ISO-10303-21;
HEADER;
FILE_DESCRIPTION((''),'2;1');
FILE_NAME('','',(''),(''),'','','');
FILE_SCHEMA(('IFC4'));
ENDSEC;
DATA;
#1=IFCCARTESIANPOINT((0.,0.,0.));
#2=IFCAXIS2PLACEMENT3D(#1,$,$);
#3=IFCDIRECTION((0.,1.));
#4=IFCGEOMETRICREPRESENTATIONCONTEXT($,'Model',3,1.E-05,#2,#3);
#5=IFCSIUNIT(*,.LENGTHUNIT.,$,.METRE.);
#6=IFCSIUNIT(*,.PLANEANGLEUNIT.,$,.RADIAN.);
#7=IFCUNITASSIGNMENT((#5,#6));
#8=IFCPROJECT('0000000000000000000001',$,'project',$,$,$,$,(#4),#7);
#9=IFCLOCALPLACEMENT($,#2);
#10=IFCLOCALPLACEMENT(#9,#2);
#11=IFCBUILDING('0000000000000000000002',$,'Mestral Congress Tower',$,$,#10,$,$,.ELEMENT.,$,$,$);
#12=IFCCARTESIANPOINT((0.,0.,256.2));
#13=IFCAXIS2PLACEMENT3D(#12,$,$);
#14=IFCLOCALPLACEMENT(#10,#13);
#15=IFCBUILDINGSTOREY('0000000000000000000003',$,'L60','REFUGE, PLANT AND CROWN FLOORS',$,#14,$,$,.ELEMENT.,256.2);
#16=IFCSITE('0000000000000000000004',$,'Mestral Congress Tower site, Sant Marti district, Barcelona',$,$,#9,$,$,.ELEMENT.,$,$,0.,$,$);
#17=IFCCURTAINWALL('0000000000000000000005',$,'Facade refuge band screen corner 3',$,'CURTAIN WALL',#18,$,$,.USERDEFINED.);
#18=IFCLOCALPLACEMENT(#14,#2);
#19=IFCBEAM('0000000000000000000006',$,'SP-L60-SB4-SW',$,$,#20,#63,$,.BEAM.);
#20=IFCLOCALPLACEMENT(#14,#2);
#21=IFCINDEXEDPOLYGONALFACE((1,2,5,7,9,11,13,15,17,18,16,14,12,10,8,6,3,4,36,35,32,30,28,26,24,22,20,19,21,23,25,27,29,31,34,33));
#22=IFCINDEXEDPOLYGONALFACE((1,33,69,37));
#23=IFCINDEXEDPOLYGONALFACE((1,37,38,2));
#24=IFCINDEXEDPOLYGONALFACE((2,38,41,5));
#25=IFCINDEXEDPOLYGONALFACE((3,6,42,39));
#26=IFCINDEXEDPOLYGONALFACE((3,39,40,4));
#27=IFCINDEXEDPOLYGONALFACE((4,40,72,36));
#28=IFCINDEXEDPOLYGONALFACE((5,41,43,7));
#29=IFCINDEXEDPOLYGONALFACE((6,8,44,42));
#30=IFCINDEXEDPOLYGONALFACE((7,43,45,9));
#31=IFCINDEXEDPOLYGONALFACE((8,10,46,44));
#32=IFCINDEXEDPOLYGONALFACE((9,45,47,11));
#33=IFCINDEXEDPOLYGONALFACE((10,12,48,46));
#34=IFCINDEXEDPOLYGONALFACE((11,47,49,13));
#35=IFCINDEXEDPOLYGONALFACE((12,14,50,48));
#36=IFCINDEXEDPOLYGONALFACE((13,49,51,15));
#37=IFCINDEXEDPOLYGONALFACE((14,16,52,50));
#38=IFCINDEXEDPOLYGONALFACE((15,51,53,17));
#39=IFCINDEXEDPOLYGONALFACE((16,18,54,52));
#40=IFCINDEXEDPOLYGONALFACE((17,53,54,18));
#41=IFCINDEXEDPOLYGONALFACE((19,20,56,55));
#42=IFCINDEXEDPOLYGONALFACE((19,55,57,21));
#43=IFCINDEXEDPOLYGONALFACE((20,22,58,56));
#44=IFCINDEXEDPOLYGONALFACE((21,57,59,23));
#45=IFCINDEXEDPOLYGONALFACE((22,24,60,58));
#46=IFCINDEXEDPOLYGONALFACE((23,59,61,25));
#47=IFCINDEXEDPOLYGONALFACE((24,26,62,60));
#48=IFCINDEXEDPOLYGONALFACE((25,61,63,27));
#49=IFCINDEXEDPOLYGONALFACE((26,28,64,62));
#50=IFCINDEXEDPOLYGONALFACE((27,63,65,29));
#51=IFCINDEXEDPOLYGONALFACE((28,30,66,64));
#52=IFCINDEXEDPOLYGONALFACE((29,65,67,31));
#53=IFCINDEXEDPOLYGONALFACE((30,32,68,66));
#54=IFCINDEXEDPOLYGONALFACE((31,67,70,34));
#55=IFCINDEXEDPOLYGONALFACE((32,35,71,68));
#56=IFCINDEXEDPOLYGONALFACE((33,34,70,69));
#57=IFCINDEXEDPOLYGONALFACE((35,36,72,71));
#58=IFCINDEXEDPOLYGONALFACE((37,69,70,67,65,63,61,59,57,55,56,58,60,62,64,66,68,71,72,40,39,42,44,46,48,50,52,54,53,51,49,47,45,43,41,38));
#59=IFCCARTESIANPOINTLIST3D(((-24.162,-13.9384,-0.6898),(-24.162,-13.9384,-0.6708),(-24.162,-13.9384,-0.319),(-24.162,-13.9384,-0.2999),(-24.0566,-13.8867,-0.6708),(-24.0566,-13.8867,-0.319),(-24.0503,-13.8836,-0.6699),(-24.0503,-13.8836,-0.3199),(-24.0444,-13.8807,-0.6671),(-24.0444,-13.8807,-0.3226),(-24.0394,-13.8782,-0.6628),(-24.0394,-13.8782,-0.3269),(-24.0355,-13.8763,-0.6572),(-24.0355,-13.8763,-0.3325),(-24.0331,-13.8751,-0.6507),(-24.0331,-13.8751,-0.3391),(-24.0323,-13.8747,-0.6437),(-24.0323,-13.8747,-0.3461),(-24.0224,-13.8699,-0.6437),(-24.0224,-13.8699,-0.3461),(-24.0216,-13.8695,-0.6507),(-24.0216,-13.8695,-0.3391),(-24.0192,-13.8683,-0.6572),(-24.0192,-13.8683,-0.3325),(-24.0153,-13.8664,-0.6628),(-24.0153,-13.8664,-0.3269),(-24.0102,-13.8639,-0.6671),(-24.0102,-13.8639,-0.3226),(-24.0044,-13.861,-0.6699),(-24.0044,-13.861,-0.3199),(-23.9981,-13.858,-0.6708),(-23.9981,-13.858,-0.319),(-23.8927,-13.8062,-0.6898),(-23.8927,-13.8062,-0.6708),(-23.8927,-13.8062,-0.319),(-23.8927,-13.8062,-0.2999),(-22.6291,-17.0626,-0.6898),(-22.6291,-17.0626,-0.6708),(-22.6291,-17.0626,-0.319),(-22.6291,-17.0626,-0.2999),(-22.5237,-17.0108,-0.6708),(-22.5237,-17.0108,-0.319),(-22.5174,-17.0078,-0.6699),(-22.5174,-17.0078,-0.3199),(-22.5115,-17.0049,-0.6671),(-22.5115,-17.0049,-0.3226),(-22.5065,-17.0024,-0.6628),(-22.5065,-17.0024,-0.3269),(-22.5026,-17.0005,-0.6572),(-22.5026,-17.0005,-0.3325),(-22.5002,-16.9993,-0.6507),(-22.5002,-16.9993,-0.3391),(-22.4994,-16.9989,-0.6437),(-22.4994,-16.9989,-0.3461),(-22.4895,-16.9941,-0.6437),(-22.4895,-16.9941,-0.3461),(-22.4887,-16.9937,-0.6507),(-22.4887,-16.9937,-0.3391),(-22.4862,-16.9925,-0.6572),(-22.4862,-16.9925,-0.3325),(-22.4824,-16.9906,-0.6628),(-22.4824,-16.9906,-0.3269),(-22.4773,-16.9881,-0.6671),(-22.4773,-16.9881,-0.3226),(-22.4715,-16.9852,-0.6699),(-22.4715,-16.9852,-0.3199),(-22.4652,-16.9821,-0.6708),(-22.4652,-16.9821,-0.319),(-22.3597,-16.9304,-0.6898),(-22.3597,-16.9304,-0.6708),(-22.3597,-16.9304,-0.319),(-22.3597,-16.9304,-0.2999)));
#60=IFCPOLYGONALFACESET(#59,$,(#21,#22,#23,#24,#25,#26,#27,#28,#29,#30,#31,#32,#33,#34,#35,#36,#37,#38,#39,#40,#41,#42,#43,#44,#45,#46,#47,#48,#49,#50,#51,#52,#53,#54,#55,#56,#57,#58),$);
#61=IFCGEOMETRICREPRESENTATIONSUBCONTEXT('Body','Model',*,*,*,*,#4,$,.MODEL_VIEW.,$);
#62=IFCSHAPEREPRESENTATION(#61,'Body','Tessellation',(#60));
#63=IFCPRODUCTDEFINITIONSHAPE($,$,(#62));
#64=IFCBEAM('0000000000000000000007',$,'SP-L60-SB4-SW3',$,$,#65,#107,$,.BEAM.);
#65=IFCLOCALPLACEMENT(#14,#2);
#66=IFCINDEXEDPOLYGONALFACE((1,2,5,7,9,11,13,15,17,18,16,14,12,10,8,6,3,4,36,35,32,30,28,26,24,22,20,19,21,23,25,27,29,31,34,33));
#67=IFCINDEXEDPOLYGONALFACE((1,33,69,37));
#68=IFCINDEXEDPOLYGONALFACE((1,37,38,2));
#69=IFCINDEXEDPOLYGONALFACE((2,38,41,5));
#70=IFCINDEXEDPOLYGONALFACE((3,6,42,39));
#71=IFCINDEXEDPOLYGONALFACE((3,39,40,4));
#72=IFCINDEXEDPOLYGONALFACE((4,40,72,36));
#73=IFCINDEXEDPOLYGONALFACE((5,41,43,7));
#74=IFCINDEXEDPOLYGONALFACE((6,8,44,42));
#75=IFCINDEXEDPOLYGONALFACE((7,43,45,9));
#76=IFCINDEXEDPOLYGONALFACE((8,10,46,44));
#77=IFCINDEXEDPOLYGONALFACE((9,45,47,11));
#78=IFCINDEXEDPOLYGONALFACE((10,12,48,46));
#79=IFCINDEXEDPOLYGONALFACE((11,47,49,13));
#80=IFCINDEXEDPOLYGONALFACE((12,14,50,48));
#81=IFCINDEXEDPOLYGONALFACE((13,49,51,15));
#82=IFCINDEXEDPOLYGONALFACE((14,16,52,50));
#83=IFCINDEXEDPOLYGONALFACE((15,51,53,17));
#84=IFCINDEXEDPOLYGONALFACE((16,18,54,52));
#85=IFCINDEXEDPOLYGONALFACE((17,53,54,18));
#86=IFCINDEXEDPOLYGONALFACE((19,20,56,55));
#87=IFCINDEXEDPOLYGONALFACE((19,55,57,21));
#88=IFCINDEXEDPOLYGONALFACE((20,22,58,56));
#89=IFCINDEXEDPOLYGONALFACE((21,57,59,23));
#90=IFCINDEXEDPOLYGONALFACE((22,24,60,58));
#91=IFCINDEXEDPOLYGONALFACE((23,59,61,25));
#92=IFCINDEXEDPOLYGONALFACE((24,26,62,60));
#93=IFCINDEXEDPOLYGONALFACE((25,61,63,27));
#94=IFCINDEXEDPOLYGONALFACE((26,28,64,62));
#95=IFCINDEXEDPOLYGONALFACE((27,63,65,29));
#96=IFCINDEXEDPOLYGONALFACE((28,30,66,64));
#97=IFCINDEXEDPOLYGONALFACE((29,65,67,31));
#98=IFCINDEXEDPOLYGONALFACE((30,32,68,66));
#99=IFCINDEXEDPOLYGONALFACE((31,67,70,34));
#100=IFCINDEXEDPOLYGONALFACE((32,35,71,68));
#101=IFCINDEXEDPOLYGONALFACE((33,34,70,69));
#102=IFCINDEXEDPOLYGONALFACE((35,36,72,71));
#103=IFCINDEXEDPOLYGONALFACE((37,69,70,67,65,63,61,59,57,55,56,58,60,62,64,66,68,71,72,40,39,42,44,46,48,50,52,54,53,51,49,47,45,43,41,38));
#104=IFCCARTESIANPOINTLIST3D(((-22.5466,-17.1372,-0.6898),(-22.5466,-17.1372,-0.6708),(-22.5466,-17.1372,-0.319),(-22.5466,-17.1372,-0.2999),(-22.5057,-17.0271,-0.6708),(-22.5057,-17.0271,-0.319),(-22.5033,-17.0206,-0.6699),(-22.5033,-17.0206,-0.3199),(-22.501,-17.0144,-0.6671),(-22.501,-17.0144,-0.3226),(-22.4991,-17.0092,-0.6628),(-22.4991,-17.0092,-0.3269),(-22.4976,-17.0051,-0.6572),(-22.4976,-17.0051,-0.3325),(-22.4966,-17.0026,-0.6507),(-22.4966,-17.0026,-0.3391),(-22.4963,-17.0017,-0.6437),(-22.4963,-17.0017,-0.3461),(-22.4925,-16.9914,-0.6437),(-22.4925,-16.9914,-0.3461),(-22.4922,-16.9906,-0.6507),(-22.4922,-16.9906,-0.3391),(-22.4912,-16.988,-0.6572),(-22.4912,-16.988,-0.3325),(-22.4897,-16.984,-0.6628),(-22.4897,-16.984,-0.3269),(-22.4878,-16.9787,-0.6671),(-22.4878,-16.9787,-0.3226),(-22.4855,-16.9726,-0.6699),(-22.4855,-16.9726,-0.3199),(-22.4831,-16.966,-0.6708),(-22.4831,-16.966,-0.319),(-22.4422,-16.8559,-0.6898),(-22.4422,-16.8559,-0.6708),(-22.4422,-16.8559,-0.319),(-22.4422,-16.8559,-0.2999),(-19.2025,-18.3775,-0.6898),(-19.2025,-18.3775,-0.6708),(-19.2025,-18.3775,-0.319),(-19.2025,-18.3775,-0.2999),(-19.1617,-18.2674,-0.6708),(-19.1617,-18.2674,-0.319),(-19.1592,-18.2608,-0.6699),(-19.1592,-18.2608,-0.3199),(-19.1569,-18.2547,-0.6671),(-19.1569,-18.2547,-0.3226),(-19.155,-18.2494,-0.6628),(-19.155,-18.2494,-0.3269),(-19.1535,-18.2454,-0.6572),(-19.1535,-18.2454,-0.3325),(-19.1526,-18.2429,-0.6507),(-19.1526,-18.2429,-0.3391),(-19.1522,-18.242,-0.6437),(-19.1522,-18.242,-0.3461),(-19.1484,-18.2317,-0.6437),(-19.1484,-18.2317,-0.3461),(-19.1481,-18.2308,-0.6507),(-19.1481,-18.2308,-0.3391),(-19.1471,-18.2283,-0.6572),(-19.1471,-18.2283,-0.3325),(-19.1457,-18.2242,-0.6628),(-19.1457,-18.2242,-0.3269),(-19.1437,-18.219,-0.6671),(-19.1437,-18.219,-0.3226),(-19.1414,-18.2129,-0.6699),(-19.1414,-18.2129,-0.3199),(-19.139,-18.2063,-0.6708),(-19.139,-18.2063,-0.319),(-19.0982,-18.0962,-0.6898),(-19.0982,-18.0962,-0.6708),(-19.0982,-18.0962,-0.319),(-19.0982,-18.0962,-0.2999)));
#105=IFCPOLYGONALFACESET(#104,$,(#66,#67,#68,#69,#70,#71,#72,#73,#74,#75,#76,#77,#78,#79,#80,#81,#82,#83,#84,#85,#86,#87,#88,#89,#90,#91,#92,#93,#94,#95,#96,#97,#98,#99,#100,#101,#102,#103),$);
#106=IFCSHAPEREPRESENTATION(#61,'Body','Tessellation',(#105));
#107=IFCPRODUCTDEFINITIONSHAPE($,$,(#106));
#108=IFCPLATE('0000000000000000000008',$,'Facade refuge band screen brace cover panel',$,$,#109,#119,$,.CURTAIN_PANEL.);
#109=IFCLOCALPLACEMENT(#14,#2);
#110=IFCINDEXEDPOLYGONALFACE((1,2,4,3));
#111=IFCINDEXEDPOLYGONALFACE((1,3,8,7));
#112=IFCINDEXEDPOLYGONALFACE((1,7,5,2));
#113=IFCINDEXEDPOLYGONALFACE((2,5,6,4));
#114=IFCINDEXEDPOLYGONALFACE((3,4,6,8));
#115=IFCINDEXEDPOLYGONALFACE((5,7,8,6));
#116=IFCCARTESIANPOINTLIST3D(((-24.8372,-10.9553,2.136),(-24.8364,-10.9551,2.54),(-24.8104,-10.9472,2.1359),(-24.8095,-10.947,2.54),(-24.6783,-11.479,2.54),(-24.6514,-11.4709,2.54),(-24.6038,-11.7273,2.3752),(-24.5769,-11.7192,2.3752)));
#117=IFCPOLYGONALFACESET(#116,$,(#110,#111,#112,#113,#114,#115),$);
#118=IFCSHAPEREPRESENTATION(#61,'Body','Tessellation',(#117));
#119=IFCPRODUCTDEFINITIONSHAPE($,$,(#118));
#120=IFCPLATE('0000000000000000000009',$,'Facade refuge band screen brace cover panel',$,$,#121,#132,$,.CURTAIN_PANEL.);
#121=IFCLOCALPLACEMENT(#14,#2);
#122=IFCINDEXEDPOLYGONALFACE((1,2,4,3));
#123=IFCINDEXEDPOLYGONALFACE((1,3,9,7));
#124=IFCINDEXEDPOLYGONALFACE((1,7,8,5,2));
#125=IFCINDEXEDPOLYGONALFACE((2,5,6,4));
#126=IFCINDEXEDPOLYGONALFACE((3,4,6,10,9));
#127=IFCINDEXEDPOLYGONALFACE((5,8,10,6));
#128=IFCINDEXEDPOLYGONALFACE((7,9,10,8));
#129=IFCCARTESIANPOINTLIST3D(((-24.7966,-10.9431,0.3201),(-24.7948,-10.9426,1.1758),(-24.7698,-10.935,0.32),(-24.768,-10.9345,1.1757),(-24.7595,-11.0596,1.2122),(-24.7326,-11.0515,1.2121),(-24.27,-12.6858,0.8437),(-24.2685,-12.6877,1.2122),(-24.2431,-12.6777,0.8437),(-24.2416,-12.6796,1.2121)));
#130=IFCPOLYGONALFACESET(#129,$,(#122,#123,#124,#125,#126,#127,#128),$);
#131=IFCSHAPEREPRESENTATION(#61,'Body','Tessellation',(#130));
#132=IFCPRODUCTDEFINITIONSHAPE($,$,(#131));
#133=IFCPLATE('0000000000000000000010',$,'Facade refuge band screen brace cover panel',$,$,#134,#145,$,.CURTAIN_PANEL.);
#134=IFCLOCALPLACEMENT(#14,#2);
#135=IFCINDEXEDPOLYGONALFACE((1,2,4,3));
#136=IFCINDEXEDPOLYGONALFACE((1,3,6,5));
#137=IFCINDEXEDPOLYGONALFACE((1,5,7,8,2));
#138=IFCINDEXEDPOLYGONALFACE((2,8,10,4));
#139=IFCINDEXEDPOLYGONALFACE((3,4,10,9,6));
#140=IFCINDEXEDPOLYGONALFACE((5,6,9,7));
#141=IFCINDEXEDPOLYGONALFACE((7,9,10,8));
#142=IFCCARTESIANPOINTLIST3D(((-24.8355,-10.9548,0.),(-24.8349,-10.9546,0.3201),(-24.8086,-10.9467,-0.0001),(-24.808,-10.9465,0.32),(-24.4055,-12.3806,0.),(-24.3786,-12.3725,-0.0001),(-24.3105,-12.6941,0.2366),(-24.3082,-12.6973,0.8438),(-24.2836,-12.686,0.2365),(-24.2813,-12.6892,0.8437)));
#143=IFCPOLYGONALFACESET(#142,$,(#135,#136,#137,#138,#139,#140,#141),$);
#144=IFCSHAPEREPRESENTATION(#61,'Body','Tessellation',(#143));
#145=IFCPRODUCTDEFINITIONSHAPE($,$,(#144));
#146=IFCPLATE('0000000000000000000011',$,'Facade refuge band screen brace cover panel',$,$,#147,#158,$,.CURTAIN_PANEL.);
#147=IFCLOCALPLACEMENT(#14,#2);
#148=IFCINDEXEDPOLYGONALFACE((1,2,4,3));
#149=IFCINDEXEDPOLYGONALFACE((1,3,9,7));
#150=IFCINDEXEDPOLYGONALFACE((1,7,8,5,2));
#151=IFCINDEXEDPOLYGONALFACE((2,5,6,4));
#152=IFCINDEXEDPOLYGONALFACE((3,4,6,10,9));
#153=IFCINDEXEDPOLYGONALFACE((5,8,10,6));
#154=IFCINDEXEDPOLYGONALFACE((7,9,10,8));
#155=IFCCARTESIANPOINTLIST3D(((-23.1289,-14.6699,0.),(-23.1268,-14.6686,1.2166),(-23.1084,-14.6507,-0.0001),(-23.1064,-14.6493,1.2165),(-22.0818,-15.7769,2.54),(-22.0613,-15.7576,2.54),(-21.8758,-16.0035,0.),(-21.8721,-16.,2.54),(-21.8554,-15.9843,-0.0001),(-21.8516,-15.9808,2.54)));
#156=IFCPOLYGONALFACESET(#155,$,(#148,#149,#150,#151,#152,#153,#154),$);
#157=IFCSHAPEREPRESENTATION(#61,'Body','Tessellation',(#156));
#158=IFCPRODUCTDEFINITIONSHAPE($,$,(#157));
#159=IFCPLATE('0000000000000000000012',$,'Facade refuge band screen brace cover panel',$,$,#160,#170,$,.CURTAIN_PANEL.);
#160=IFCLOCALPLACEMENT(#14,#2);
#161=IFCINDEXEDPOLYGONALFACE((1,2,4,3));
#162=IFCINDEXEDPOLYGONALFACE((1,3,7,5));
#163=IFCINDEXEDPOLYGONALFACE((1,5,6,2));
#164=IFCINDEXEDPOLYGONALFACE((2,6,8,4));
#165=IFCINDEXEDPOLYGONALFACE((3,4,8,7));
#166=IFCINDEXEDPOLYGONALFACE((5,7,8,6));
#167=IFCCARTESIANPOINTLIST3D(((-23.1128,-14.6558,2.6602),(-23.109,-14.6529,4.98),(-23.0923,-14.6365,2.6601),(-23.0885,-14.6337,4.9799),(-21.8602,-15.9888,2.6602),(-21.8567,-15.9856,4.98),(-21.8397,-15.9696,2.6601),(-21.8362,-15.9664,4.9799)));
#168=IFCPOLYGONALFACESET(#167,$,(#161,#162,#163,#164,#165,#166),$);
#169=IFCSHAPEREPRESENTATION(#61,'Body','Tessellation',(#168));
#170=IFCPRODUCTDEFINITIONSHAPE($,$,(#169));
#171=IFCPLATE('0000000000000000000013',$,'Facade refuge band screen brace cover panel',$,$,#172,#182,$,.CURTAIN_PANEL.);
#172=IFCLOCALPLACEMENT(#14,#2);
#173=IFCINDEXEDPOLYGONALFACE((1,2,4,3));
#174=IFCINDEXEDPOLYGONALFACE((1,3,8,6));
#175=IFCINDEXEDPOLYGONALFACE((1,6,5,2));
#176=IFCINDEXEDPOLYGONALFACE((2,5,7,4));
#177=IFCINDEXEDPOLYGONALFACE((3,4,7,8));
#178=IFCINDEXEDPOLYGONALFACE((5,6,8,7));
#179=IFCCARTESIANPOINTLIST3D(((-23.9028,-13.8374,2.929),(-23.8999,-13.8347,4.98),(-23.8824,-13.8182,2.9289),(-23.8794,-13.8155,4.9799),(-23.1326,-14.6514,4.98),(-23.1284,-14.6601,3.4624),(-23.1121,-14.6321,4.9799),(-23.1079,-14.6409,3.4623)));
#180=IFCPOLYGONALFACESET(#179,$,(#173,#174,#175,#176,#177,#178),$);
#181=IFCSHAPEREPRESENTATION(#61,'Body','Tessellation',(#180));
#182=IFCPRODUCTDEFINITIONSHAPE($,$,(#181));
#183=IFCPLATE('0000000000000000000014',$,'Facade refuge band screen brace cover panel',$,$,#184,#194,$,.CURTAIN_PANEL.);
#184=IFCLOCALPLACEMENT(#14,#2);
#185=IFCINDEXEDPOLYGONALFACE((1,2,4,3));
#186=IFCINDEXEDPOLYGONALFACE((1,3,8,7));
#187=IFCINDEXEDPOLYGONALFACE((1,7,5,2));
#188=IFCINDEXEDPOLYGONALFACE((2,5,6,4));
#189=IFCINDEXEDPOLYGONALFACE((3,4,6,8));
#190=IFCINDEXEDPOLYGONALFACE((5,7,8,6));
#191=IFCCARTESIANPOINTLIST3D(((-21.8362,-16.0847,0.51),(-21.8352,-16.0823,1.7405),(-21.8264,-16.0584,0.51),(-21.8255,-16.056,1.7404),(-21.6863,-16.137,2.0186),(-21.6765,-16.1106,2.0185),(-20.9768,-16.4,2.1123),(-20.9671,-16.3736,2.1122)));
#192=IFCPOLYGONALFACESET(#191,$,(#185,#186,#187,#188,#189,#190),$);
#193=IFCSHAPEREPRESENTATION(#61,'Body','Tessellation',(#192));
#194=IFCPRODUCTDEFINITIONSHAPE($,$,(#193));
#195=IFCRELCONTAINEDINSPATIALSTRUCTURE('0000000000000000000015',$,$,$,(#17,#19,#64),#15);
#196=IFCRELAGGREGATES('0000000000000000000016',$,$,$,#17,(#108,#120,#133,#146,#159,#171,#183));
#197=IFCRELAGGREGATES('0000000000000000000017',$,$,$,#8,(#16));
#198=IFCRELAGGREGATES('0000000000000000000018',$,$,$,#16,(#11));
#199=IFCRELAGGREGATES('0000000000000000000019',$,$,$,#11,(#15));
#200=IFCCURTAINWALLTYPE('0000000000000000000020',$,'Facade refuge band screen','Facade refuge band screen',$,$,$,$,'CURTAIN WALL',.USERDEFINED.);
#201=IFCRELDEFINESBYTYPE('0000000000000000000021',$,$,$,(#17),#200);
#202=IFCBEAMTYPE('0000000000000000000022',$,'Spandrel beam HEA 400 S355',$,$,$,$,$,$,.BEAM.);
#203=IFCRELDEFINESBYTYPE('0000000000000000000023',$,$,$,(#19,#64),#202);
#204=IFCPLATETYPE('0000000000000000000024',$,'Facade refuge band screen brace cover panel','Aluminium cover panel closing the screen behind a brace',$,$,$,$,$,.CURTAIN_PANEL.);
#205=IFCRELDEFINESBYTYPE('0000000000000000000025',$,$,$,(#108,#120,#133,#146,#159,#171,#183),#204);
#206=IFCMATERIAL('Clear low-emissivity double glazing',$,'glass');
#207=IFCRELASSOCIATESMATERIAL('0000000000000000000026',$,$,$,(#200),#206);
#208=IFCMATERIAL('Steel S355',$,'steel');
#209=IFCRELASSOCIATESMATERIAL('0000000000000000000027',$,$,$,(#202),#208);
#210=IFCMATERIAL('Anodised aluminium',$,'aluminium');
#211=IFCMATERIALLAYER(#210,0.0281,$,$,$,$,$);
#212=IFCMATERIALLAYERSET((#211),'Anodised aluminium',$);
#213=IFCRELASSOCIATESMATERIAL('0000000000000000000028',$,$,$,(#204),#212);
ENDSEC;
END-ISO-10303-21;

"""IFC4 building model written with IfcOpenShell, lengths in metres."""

from ifc_helpers import new_model, si_unit, direction, frame, origin, origin_2d, place, context, subcontext, project, spatial, polyline, i_section, outline, extrude, material, layer, layer_set, material_profile, profile_set, type_object, element, aggregate, save


model = new_model("IFC4")

# Units and contexts
model_context = context("Model", 3, precision=1e-05, world=origin(), true_north=direction((0.0, 1.0)))
body_context = subcontext(model_context, "Body", "Model", "MODEL_VIEW")
ifc_project = project(units=[si_unit("LENGTHUNIT", "METRE"), si_unit("PLANEANGLEUNIT", "RADIAN")], contexts=[model_context])

# Site, building, storey
site_placement = place(None, origin())
site = spatial("IfcSite", under=ifc_project, at=site_placement, Name="Mestral Congress Tower site, Sant Marti district, Barcelona", CompositionType="ELEMENT", RefElevation=0.0)
building_placement = place(site_placement, origin())
building = spatial("IfcBuilding", under=site, at=building_placement, Name="Mestral Congress Tower", CompositionType="ELEMENT")
storey_placement = place(building_placement, frame((0.0, 0.0, 256.2)))
storey = spatial("IfcBuildingStorey", under=building, at=storey_placement, Name="L60", Description="REFUGE, PLANT AND CROWN FLOORS", CompositionType="ELEMENT", Elevation=256.2)

# Shared definitions
ifc_material_1 = material(Name="Steel S355", Category="steel")

# Curtain wall
ifc_material_2 = material(Name="Clear low-emissivity double glazing", Category="glass")
curtain_wall_type = type_object("IfcCurtainWallType", Name="Facade refuge band screen", Description="Facade refuge band screen", ElementType="CURTAIN WALL", PredefinedType="USERDEFINED", material=ifc_material_2)
curtain_wall_placement = place(storey_placement, origin())
curtain_wall = element("IfcCurtainWall", 1, at=curtain_wall_placement, inside=storey, type_object=curtain_wall_type, Name="Facade refuge band screen corner 3", ObjectType="CURTAIN WALL", PredefinedType="USERDEFINED")
ifc_material_3 = material(Name="Anodised aluminium", Category="aluminium")

# Beams
ifc_material_profile_1 = material_profile(ifc_material_1, i_section(OverallWidth=0.3, OverallDepth=0.3899, WebThickness=0.011, FlangeThickness=0.019, FilletRadius=0.0271, at=origin_2d()), Name="HEA 400")
ifc_profile_set_1 = profile_set([ifc_material_profile_1], Name="Steel S355")
beam_type_1 = type_object("IfcBeamType", Name="Spandrel beam HEA 400 S355", PredefinedType="BEAM", material=ifc_profile_set_1)
beam_1_placement = place(storey_placement, frame((-24.0273, -13.8723, -0.4949), z_axis=(0.440494, -0.897755, 0.0), x_axis=(0.897755, 0.440494, 0.0)))
element("IfcBeam", 2, at=beam_1_placement, inside=storey, type_object=beam_type_1, Name="SP-L60-SB4-SW", PredefinedType="BEAM", context=body_context, shape_type="SweptSolid", body=[
    extrude(i_section(OverallWidth=0.3, OverallDepth=0.3899, WebThickness=0.011, FlangeThickness=0.019, FilletRadius=0.0271, at=origin_2d()), origin(), (0.0, 0.0, 1.0), 3.48),
])
beam_2_placement = place(storey_placement, frame((-22.4944, -16.9966, -0.4949), z_axis=(0.937592, -0.347738, 0.0), x_axis=(0.347738, 0.937592, 0.0)))
element("IfcBeam", 3, at=beam_2_placement, inside=storey, type_object=beam_type_1, Name="SP-L60-SB4-SW3", PredefinedType="BEAM", context=body_context, shape_type="SweptSolid", body=[
    extrude(i_section(OverallWidth=0.3, OverallDepth=0.3899, WebThickness=0.011, FlangeThickness=0.019, FilletRadius=0.0271, at=origin_2d()), origin(), (0.0, 0.0, 1.0), 3.5667),
])

# Plates
ifc_layer_1 = layer(ifc_material_3, 0.0281)
ifc_layer_set_1 = layer_set([ifc_layer_1], Name="Anodised aluminium")
plate_type = type_object("IfcPlateType", Name="Facade refuge band screen brace cover panel", Description="Aluminium cover panel closing the screen behind a brace", PredefinedType="CURTAIN_PANEL", material=ifc_layer_set_1)
plate_1_placement = place(storey_placement, frame((-24.6038, -11.7273, 2.3752), z_axis=(-0.957356, -0.288904, 0.002139), x_axis=(-0.277556, 0.917644, -0.284415)))
plate_1 = element("IfcPlate", 4, at=plate_1_placement, type_object=plate_type, Name="Facade refuge band screen brace cover panel", PredefinedType="CURTAIN_PANEL", context=body_context, shape_type="SweptSolid", body=[
    extrude(outline(polyline([(0.0, 0.0), (0.8412, 0.0), (0.7263, -0.3874), (0.2016, -0.2317), (0.0, 0.0)])), origin(), (0.0, 0.0, -1.0), 0.0281),
])
plate_2_placement = place(storey_placement, frame((-24.7966, -10.9431, 0.3201), z_axis=(-0.957416, -0.288704, 0.002176), x_axis=(0.002092, 0.000599, 0.999998)))
plate_2 = element("IfcPlate", 5, at=plate_2_placement, type_object=plate_type, Name="Facade refuge band screen brace cover panel", PredefinedType="CURTAIN_PANEL", context=body_context, shape_type="SweptSolid", body=[
    extrude(outline(polyline([(0.0, 0.0), (0.8557, 0.0), (0.8921, -0.1222), (0.8921, -1.8228), (0.5237, -1.8205), (0.0, 0.0)])), origin(), (0.0, 0.0, -1.0), 0.0281),
])
plate_3_placement = place(storey_placement, frame((-24.4055, -12.3806, 0.0), z_axis=(-0.957409, -0.288729, 0.002059), x_axis=(-0.288729, 0.957411, 0.0)))
plate_3 = element("IfcPlate", 6, at=plate_3_placement, type_object=plate_type, Name="Facade refuge band screen brace cover panel", PredefinedType="CURTAIN_PANEL", context=body_context, shape_type="SweptSolid", body=[
    extrude(outline(polyline([(0.0, 0.0), (1.4892, 0.0), (1.4893, -0.3201), (-0.3313, -0.8438), (-0.3275, -0.2366), (0.0, 0.0)])), origin(), (0.0, 0.0, -1.0), 0.0281),
])
plate_4_placement = place(storey_placement, frame((-23.1289, -14.6699, 0.0), z_axis=(-0.728759, -0.684767, 0.002013), x_axis=(0.001713, 0.001116, 0.999998)))
plate_4 = element("IfcPlate", 7, at=plate_4_placement, type_object=plate_type, Name="Facade refuge band screen brace cover panel", PredefinedType="CURTAIN_PANEL", context=body_context, shape_type="SweptSolid", body=[
    extrude(outline(polyline([(0.0, 0.0), (1.2166, 0.0), (2.5406, -1.5228), (2.5407, -1.829), (0.0007, -1.8299), (0.0, 0.0)])), origin(), (0.0, 0.0, -1.0), 0.0281),
])
plate_5_placement = place(storey_placement, frame((-21.8567, -15.9856, 4.98), z_axis=(-0.728755, -0.684772, 0.002051), x_axis=(-0.001503, -0.001396, -0.999998)))
plate_5 = element("IfcPlate", 8, at=plate_5_placement, type_object=plate_type, Name="Facade refuge band screen brace cover panel", PredefinedType="CURTAIN_PANEL", context=body_context, shape_type="SweptSolid", body=[
    extrude(outline(polyline([(0.0, 0.0), (2.3198, 0.0), (2.3199, -1.8292), (0.0, -1.8287), (0.0, 0.0)])), origin(), (0.0, 0.0, -1.0), 0.0281),
])
plate_6_placement = place(storey_placement, frame((-23.1326, -14.6514, 4.98), z_axis=(-0.728786, -0.684738, 0.001952), x_axis=(0.002749, -0.005778, -0.99998)))
plate_6 = element("IfcPlate", 9, at=plate_6_placement, type_object=plate_type, Name="Facade refuge band screen brace cover panel", PredefinedType="CURTAIN_PANEL", context=body_context, shape_type="SweptSolid", body=[
    extrude(outline(polyline([(0.0, 0.0), (1.5176, 0.0), (2.0442, -1.1331), (-0.0068, -1.1206), (0.0, 0.0)])), origin(), (0.0, 0.0, -1.0), 0.0281),
])
plate_7_placement = place(storey_placement, frame((-21.8362, -16.0847, 0.51), z_axis=(-0.347824, -0.937558, 0.002092), x_axis=(0.000778, 0.001943, 0.999998)))
plate_7 = element("IfcPlate", 10, at=plate_7_placement, type_object=plate_type, Name="Facade refuge band screen brace cover panel", PredefinedType="CURTAIN_PANEL", context=body_context, shape_type="SweptSolid", body=[
    extrude(outline(polyline([(0.0, 0.0), (1.2305, 0.0), (1.5086, -0.1586), (1.6023, -0.9153), (0.0, 0.0)])), origin(), (0.0, 0.0, -1.0), 0.0281),
])
aggregate(curtain_wall, [plate_1, plate_2, plate_3, plate_4, plate_5, plate_6, plate_7])

save(model, "model.ifc")
